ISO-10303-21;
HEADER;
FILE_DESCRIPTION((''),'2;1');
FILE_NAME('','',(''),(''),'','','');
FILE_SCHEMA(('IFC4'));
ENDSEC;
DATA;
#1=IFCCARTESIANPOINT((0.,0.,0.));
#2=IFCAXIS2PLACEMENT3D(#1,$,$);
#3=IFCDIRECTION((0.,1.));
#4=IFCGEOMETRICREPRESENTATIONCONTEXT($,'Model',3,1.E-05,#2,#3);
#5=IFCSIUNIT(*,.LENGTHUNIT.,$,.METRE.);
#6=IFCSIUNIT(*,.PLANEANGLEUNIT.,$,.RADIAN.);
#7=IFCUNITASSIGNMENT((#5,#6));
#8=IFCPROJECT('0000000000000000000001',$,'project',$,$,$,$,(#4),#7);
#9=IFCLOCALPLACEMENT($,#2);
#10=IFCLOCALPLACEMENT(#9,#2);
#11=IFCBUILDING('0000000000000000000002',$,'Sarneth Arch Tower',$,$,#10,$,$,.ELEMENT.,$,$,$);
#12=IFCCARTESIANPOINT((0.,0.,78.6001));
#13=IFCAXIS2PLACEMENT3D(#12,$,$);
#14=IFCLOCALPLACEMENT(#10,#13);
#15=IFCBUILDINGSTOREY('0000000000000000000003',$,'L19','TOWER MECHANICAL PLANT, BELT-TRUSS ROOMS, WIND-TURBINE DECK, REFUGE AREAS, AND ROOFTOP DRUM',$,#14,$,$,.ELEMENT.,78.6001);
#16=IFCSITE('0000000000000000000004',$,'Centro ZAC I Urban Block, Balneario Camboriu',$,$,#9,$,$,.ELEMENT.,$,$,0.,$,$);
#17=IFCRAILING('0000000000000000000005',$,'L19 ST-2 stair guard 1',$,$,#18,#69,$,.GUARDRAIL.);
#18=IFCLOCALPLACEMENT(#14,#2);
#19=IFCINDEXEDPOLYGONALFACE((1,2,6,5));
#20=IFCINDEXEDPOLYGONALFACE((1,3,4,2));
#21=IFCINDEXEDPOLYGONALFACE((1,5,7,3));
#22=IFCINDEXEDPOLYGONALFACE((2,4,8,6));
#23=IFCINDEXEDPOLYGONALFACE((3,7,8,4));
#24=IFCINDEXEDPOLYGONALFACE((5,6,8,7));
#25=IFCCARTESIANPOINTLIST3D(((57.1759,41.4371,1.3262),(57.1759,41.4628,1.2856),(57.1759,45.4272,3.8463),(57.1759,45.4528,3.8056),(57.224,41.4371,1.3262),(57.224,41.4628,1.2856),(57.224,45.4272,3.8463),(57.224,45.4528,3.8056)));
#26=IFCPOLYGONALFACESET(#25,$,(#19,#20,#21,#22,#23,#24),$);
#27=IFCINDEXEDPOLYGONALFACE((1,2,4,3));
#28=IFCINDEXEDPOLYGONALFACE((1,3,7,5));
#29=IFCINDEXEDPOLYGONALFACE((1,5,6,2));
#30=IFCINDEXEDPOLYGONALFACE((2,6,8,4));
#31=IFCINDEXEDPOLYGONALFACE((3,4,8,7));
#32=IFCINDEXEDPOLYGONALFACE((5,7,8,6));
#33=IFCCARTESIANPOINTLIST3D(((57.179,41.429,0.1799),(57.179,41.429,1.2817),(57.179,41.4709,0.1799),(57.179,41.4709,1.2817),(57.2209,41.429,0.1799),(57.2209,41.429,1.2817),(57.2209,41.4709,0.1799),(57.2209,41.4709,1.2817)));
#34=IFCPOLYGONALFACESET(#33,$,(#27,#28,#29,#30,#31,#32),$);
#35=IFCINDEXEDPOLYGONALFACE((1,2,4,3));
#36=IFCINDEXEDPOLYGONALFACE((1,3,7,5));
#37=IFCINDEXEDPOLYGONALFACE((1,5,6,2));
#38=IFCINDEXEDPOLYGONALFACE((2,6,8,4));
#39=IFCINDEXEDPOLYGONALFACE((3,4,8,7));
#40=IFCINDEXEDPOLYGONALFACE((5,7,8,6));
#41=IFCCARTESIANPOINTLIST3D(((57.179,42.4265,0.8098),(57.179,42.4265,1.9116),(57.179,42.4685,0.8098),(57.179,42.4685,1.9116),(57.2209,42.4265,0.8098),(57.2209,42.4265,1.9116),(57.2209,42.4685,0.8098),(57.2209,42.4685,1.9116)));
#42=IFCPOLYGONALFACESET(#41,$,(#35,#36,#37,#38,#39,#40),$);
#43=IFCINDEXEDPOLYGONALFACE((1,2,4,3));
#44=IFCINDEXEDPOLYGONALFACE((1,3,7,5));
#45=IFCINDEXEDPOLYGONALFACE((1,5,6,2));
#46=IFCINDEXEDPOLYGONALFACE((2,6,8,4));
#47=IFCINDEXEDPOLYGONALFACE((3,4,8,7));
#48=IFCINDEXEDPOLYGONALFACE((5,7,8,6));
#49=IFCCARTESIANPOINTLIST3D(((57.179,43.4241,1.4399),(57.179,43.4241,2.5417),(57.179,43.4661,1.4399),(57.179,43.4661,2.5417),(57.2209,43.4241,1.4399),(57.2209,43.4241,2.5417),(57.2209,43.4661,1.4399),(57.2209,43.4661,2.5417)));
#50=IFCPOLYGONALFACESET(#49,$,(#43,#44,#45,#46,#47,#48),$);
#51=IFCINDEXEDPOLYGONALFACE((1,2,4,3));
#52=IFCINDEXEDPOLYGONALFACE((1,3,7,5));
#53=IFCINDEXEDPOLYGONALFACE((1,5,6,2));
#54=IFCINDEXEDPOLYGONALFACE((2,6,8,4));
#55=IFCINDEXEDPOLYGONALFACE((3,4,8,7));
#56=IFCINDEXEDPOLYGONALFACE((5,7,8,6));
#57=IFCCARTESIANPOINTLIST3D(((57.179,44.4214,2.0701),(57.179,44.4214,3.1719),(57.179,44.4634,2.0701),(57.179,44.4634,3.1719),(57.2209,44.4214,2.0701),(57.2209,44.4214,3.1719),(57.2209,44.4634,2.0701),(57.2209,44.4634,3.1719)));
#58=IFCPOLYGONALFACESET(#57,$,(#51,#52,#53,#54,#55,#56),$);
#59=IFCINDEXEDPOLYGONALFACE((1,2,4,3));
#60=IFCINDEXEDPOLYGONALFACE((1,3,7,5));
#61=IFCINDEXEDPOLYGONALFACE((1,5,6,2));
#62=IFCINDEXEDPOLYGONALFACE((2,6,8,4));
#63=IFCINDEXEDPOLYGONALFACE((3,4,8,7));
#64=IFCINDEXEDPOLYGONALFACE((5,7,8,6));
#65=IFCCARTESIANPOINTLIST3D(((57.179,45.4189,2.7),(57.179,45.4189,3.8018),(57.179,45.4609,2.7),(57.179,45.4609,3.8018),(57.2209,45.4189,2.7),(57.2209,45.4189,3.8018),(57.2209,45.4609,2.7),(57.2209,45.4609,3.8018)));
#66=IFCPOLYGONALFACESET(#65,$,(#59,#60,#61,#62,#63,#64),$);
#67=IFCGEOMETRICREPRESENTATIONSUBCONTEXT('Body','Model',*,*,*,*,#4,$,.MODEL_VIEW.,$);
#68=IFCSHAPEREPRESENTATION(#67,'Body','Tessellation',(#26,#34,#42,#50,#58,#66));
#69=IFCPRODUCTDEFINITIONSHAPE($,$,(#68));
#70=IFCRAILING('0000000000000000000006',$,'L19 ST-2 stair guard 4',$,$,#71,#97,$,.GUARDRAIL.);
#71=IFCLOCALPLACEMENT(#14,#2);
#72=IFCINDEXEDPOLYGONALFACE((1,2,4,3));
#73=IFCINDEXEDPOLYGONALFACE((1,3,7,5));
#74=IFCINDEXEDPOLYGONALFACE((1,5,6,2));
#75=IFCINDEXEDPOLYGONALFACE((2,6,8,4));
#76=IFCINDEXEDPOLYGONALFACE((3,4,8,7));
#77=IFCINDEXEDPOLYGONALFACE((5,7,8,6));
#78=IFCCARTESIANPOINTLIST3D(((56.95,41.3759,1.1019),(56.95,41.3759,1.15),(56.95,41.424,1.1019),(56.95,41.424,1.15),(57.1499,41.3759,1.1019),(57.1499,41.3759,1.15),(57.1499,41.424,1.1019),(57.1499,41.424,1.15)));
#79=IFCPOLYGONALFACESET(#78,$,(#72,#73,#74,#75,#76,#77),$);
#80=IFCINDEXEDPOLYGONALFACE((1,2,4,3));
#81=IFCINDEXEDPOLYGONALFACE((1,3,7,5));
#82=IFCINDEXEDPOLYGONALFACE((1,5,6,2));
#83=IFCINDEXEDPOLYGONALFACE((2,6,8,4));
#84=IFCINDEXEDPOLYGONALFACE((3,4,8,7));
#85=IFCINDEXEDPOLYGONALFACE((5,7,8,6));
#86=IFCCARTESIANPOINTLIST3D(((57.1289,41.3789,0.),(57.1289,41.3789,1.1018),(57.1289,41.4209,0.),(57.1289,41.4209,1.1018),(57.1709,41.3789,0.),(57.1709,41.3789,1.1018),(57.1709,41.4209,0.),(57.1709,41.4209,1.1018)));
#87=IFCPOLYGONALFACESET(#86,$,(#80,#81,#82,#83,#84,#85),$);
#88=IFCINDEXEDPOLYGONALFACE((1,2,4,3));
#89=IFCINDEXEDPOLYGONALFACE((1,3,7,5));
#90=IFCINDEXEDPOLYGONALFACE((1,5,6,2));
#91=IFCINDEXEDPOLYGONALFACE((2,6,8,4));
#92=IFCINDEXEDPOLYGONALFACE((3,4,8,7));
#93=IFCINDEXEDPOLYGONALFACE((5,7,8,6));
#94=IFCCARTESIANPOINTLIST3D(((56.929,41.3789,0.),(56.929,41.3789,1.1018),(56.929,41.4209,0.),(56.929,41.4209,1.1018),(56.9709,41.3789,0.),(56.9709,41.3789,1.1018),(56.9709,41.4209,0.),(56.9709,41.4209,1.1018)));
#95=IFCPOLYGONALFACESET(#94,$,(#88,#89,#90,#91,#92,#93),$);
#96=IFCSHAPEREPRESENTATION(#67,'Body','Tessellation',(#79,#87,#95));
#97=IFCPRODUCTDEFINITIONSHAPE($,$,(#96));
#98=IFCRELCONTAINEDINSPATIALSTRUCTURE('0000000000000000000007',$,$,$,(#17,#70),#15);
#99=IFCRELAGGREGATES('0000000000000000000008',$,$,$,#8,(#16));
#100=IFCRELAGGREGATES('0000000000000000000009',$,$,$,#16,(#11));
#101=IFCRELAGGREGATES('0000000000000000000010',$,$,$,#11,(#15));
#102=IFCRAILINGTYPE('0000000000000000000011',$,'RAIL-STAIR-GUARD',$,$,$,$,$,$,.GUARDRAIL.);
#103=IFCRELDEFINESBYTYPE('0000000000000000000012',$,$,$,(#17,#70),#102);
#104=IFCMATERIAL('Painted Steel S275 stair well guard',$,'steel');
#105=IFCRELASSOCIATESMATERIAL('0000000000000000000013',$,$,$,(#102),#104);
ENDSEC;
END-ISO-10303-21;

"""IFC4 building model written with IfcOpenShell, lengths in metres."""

from ifc_helpers import new_model, si_unit, direction, frame, origin, origin_2d, place, context, subcontext, project, spatial, rectangle, extrude, material, type_object, element, save


model = new_model("IFC4")

# Units and contexts
model_context = context("Model", 3, precision=1e-05, world=origin(), true_north=direction((0.0, 1.0)))
body_context = subcontext(model_context, "Body", "Model", "MODEL_VIEW")
ifc_project = project(units=[si_unit("LENGTHUNIT", "METRE"), si_unit("PLANEANGLEUNIT", "RADIAN")], contexts=[model_context])

# Site, building, storey
site_placement = place(None, origin())
site = spatial("IfcSite", under=ifc_project, at=site_placement, Name="Centro ZAC I Urban Block, Balneario Camboriu", CompositionType="ELEMENT", RefElevation=0.0)
building_placement = place(site_placement, origin())
building = spatial("IfcBuilding", under=site, at=building_placement, Name="Sarneth Arch Tower", CompositionType="ELEMENT")
storey_placement = place(building_placement, frame((0.0, 0.0, 78.6001)))
storey = spatial("IfcBuildingStorey", under=building, at=storey_placement, Name="L19", Description="TOWER MECHANICAL PLANT, BELT-TRUSS ROOMS, WIND-TURBINE DECK, REFUGE AREAS, AND ROOFTOP DRUM", CompositionType="ELEMENT", Elevation=78.6001)

# Railings
ifc_material_1 = material(Name="Painted Steel S275 stair well guard", Category="steel")
railing_type = type_object("IfcRailingType", Name="RAIL-STAIR-GUARD", PredefinedType="GUARDRAIL", material=ifc_material_1)
railing_1_placement = place(storey_placement, frame((57.2, 41.45, 0.1799)))
element("IfcRailing", 1, at=railing_1_placement, inside=storey, type_object=railing_type, Name="L19 ST-2 stair guard 1", PredefinedType="GUARDRAIL", context=body_context, shape_type="SweptSolid", body=[
    extrude(rectangle(XDim=0.0481, YDim=0.0481, at=origin_2d()), frame((0.0, 0.0, 1.126), z_axis=(0.0, 0.845486, 0.533997), x_axis=(-1.0, 0.0, 0.0)), (0.0, 0.0, 1.0), 4.7192),
    extrude(rectangle(XDim=0.042, YDim=0.042, at=origin_2d()), origin(), (0.0, 0.0, 1.0), 1.1018),
    extrude(rectangle(XDim=0.042, YDim=0.042, at=origin_2d()), frame((0.0, 0.9976, 0.6299)), (0.0, 0.0, 1.0), 1.1018),
    extrude(rectangle(XDim=0.042, YDim=0.042, at=origin_2d()), frame((0.0, 1.9951, 1.26)), (0.0, 0.0, 1.0), 1.1018),
    extrude(rectangle(XDim=0.042, YDim=0.042, at=origin_2d()), frame((0.0, 2.9924, 1.8901)), (0.0, 0.0, 1.0), 1.1018),
    extrude(rectangle(XDim=0.042, YDim=0.042, at=origin_2d()), frame((0.0, 3.99, 2.52)), (0.0, 0.0, 1.0), 1.1018),
])
railing_2_placement = place(storey_placement, frame((57.1499, 41.3999, 0.0)))
element("IfcRailing", 2, at=railing_2_placement, inside=storey, type_object=railing_type, Name="L19 ST-2 stair guard 4", PredefinedType="GUARDRAIL", context=body_context, shape_type="SweptSolid", body=[
    extrude(rectangle(XDim=0.0481, YDim=0.0481, at=origin_2d()), frame((0.0, 0.0, 1.126), z_axis=(-1.0, 0.0, 0.0), x_axis=(0.0, -1.0, 0.0)), (0.0, 0.0, 1.0), 0.2),
    extrude(rectangle(XDim=0.042, YDim=0.042, at=origin_2d()), origin(), (0.0, 0.0, 1.0), 1.1018),
    extrude(rectangle(XDim=0.042, YDim=0.042, at=origin_2d()), frame((-0.2, 0.0, 0.0)), (0.0, 0.0, 1.0), 1.1018),
])

save(model, "model.ifc")
